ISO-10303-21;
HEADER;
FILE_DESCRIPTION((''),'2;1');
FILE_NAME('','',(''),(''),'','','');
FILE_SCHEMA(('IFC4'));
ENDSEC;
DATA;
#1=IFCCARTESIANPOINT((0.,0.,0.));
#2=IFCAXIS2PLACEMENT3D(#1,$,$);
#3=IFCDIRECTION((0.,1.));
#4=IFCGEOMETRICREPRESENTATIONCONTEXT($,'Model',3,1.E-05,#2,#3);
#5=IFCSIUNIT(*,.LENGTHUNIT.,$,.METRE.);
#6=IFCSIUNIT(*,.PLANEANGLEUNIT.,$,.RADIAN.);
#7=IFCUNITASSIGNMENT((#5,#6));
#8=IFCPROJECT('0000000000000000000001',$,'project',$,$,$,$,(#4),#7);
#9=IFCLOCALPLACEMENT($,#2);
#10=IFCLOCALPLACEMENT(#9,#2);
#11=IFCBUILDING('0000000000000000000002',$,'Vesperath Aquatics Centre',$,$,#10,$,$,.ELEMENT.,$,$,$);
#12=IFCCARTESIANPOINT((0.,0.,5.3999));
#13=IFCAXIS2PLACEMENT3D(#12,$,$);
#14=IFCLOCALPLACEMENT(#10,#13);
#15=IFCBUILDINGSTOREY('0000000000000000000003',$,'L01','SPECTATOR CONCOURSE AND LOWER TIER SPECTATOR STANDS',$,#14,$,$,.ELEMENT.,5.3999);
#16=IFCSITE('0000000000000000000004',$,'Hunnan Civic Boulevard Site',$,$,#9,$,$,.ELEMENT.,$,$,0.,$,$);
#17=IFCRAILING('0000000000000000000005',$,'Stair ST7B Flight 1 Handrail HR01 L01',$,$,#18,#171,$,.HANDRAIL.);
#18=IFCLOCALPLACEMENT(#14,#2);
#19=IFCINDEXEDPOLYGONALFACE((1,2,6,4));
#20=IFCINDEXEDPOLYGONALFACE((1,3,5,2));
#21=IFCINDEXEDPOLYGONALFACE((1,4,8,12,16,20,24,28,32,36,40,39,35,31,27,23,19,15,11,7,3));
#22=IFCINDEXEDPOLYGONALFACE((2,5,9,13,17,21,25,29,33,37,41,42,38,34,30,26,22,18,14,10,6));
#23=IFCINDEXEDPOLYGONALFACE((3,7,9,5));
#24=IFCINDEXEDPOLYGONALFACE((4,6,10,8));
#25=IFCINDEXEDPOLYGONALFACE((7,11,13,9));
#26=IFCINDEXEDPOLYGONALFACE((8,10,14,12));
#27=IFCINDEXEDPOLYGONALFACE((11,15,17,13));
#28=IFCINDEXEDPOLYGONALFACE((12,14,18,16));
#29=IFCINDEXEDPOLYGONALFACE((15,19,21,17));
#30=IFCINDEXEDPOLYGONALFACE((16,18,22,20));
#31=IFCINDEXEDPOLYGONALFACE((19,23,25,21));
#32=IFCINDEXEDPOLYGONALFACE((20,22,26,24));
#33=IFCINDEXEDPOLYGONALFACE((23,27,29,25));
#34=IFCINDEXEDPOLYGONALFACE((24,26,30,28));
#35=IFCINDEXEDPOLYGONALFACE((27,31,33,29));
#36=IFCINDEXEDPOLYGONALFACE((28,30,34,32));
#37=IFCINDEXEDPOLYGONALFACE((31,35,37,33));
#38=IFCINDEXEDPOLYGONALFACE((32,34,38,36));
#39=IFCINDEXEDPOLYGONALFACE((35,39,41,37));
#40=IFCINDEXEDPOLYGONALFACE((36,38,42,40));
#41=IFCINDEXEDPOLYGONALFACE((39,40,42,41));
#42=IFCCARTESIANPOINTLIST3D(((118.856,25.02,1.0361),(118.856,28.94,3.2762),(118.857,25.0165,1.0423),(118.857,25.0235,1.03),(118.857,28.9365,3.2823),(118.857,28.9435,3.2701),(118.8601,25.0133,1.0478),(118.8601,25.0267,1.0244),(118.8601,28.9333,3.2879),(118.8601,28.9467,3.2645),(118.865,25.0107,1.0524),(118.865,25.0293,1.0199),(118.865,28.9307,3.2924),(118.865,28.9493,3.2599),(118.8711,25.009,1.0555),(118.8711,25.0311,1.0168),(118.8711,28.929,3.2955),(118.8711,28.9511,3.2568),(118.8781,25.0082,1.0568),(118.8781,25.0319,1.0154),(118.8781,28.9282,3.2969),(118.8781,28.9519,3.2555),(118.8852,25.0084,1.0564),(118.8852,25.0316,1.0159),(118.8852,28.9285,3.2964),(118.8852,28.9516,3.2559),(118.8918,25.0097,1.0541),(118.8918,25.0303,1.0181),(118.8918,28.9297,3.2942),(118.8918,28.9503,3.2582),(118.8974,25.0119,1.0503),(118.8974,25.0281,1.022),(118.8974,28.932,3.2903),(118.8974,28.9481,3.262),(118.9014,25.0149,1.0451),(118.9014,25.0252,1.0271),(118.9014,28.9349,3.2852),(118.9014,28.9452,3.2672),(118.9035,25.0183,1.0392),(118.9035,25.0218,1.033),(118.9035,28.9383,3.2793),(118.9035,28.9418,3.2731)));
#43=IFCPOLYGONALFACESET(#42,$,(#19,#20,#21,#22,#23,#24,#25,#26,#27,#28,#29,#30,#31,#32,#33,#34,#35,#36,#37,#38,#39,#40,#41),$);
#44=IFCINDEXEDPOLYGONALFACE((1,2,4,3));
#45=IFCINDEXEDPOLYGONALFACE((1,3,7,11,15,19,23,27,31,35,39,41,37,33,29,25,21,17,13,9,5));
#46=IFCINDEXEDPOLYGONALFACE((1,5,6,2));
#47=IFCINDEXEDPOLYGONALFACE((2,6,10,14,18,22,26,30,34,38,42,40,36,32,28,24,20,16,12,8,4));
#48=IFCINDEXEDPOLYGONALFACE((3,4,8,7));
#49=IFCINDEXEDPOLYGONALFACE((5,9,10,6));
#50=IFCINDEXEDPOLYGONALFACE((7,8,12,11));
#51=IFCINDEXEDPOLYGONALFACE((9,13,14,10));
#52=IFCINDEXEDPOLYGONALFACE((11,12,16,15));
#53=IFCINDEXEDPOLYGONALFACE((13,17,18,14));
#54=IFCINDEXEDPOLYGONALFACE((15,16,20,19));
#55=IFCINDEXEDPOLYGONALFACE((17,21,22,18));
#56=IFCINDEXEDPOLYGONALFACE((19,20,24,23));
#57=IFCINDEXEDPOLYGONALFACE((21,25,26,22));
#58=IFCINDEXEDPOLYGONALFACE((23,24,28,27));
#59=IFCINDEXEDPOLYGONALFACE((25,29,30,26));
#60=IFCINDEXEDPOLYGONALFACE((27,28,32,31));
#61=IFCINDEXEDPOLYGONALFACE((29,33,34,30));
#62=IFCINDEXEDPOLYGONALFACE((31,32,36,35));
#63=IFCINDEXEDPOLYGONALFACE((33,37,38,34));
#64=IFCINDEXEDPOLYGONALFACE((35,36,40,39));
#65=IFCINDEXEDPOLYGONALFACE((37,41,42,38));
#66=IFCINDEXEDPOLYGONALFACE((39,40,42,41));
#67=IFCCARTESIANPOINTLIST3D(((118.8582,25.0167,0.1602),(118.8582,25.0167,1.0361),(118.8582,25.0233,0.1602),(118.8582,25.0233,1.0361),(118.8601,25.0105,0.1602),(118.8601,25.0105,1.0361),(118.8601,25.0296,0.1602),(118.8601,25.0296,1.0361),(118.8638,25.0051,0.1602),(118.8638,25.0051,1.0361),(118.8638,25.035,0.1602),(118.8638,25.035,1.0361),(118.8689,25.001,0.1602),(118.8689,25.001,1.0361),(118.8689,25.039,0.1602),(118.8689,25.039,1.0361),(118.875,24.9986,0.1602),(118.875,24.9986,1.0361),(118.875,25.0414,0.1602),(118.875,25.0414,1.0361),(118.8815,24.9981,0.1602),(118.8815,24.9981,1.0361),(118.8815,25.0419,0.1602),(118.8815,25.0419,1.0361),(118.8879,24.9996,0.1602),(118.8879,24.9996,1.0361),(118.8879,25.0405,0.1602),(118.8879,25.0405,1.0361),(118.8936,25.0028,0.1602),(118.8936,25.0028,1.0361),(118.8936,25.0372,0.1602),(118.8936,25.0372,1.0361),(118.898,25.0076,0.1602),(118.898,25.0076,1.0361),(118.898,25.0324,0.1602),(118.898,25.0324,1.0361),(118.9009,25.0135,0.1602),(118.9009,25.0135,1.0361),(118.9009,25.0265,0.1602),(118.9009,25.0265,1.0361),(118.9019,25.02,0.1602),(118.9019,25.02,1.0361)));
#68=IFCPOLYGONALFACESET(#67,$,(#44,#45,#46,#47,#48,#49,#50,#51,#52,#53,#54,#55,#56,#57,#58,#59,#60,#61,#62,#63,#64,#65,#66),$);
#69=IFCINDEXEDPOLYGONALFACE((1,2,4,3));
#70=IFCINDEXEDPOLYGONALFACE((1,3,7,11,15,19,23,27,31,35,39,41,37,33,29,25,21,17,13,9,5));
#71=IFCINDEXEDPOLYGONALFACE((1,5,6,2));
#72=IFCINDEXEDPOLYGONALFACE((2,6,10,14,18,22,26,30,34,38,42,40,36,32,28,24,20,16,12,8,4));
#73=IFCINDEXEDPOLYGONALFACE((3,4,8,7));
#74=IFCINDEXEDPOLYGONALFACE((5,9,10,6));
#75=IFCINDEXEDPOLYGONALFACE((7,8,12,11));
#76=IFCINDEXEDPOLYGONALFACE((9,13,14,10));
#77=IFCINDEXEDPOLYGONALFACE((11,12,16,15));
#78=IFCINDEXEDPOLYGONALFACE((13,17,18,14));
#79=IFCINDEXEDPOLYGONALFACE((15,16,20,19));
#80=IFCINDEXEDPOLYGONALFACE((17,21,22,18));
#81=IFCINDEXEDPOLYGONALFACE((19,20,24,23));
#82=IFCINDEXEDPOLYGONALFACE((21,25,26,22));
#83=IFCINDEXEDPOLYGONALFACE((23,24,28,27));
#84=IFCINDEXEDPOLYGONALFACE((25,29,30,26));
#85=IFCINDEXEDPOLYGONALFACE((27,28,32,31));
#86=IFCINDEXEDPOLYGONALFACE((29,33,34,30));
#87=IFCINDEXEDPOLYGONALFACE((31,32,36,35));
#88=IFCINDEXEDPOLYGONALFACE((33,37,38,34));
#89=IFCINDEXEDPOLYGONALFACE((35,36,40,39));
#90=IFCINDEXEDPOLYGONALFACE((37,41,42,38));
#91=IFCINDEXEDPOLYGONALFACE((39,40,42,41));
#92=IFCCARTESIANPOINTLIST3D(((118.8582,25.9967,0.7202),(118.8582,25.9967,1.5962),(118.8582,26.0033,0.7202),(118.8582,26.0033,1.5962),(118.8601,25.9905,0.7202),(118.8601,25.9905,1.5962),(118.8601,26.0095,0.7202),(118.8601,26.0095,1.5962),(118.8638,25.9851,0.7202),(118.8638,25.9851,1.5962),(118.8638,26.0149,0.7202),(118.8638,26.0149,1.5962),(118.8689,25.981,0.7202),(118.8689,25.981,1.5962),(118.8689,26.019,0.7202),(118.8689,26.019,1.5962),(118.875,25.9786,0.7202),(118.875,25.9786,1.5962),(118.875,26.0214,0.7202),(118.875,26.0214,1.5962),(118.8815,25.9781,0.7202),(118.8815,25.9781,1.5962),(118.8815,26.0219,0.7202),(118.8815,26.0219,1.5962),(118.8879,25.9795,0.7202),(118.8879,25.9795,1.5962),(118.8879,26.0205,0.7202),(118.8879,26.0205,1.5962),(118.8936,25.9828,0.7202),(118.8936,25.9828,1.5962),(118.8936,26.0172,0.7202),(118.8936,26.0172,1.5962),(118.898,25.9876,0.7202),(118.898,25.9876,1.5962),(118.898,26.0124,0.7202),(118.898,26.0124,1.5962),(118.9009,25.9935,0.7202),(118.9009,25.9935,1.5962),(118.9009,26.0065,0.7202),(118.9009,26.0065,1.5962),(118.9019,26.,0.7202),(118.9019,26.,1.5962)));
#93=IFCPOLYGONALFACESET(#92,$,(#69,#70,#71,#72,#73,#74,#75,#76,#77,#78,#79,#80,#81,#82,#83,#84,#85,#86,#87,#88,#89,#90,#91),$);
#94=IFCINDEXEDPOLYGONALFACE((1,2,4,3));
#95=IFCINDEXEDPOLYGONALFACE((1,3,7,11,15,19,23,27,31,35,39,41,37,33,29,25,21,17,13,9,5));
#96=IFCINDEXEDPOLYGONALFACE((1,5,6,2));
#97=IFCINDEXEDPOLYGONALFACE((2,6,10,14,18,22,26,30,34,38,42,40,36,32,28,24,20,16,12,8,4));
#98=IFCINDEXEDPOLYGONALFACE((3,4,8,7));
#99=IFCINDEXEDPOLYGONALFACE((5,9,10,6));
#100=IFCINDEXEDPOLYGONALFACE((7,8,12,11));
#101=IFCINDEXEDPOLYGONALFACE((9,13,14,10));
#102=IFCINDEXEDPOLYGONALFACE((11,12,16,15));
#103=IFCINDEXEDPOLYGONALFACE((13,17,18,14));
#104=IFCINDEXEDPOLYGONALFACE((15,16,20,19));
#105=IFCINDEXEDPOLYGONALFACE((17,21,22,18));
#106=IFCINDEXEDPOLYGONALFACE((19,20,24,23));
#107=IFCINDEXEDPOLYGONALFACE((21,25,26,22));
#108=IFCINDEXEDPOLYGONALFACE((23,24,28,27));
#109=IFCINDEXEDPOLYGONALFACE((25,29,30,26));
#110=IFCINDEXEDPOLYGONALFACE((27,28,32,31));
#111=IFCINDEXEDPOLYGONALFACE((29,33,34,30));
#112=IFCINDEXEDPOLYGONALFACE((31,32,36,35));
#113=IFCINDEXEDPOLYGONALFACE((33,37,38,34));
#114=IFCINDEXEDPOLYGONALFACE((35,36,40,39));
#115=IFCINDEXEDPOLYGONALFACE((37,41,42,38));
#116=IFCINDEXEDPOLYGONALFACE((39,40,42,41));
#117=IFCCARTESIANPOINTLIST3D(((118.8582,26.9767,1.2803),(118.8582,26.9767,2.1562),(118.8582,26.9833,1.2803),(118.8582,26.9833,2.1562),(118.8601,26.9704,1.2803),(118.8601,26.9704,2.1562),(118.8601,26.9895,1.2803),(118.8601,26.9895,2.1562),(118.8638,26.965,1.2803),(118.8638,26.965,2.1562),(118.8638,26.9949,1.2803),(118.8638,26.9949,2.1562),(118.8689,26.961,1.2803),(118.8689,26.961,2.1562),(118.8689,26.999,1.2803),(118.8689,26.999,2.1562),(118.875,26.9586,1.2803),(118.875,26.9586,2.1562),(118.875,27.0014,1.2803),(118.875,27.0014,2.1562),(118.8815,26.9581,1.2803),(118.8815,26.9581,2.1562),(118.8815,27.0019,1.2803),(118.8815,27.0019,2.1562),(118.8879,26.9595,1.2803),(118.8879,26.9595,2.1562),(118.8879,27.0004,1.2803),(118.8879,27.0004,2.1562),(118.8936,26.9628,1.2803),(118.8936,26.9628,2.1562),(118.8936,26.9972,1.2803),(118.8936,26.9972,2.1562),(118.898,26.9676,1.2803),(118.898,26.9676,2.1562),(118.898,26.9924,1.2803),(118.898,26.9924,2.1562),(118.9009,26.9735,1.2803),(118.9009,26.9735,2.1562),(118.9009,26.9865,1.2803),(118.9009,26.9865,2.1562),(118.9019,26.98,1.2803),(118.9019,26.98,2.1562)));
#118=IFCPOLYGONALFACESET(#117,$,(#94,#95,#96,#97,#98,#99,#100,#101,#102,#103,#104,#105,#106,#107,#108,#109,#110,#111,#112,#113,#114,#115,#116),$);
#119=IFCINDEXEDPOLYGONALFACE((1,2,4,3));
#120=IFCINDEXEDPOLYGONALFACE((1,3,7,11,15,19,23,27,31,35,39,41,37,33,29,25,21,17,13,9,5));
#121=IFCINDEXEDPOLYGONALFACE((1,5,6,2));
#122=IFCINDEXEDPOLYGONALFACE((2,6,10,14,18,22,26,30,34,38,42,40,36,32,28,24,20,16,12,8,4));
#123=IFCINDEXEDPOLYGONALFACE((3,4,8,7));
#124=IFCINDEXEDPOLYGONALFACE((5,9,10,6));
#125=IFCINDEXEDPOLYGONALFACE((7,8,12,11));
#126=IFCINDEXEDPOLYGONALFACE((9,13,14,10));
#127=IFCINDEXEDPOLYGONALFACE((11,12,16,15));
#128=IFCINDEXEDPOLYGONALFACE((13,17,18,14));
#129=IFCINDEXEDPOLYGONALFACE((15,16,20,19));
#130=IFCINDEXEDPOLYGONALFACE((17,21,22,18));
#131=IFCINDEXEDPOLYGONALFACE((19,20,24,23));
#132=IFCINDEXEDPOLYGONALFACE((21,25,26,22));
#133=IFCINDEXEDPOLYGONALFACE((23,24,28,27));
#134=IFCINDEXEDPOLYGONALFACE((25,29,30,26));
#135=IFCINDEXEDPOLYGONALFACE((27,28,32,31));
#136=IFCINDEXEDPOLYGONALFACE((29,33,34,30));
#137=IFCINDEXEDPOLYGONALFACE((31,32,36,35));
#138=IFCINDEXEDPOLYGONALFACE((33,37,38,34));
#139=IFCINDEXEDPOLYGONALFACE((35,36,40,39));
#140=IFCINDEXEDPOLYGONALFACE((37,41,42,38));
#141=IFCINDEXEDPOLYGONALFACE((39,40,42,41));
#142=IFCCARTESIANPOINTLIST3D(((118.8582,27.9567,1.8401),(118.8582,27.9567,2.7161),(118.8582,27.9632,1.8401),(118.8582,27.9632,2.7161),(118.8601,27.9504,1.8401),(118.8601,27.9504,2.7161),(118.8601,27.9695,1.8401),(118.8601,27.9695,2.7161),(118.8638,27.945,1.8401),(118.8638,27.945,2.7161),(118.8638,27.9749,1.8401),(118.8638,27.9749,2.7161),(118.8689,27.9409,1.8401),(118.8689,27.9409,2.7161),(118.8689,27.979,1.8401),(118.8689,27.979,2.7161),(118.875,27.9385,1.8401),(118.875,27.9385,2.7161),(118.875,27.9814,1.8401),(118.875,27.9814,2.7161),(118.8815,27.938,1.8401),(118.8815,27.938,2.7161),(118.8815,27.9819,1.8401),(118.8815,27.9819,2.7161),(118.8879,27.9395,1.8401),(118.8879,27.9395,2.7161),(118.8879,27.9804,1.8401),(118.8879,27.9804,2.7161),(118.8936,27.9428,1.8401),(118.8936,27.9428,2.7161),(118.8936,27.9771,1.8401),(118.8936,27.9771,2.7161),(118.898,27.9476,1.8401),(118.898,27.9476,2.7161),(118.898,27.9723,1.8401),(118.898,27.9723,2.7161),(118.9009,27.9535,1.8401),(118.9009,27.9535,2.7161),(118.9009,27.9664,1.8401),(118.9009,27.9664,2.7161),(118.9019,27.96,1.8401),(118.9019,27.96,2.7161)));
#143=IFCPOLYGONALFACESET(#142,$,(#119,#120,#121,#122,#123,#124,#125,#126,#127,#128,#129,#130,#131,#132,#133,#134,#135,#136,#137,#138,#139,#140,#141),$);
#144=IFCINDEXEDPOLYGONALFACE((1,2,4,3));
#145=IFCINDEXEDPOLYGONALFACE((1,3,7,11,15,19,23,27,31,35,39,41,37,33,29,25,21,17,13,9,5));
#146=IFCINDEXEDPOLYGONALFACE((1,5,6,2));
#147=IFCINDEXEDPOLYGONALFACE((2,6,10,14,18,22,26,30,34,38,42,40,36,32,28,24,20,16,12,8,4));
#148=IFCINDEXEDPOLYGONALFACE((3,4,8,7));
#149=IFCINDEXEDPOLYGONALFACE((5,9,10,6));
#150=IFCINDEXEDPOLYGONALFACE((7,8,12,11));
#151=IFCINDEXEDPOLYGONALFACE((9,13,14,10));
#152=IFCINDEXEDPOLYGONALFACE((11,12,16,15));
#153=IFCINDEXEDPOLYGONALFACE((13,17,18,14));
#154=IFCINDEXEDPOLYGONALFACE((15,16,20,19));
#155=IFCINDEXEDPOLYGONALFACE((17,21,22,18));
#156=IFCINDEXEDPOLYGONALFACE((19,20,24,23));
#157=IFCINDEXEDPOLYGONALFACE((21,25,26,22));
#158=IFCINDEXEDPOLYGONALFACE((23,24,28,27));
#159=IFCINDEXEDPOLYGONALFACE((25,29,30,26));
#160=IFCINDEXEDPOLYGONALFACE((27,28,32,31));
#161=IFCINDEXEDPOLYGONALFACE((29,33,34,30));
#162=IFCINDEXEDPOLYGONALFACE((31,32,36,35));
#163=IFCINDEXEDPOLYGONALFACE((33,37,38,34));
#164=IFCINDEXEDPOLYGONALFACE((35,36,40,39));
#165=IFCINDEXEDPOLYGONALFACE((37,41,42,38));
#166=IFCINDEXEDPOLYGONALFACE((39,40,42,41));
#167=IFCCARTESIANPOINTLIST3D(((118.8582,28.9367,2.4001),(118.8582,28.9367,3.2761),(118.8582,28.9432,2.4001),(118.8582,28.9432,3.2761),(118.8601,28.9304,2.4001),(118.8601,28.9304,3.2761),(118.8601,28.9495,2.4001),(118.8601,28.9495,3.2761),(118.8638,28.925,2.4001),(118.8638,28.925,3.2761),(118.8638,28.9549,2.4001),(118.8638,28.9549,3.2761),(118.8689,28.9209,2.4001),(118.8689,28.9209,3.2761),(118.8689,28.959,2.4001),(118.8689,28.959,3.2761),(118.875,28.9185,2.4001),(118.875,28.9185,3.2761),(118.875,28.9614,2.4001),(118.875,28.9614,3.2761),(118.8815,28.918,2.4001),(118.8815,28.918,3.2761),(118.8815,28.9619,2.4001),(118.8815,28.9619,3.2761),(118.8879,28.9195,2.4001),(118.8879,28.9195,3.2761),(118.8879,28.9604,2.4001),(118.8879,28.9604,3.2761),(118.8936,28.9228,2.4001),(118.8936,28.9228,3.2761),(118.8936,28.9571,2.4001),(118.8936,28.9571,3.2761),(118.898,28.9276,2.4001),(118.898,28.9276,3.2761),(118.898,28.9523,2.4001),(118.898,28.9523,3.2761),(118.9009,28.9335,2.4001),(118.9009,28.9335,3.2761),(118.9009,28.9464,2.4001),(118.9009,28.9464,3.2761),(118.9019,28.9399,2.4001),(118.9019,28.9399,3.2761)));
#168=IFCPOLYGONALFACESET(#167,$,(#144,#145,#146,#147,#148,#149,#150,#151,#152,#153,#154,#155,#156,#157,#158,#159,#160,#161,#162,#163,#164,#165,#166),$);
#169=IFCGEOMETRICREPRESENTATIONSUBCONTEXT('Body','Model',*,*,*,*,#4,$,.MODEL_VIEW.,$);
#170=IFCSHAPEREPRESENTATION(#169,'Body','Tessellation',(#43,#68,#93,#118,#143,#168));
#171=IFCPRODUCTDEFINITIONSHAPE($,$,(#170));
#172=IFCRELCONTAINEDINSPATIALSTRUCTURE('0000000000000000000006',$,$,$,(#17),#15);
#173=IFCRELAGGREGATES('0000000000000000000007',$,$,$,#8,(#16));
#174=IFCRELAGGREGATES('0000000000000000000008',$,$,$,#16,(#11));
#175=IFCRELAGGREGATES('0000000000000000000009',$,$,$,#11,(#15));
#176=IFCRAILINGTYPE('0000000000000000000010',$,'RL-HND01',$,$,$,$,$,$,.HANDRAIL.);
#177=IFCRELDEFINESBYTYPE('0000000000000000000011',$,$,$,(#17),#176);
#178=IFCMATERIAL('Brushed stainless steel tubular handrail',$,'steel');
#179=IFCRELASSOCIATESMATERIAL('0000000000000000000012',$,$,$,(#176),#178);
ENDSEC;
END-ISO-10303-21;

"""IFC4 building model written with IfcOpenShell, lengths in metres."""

from ifc_helpers import new_model, si_unit, direction, frame, origin, origin_2d, place, context, subcontext, project, spatial, circle, extrude, material, type_object, element, save


model = new_model("IFC4")

# Units and contexts
model_context = context("Model", 3, precision=1e-05, world=origin(), true_north=direction((0.0, 1.0)))
body_context = subcontext(model_context, "Body", "Model", "MODEL_VIEW")
ifc_project = project(units=[si_unit("LENGTHUNIT", "METRE"), si_unit("PLANEANGLEUNIT", "RADIAN")], contexts=[model_context])

# Site, building, storey
site_placement = place(None, origin())
site = spatial("IfcSite", under=ifc_project, at=site_placement, Name="Hunnan Civic Boulevard Site", CompositionType="ELEMENT", RefElevation=0.0)
building_placement = place(site_placement, origin())
building = spatial("IfcBuilding", under=site, at=building_placement, Name="Vesperath Aquatics Centre", CompositionType="ELEMENT")
storey_placement = place(building_placement, frame((0.0, 0.0, 5.3999)))
storey = spatial("IfcBuildingStorey", under=building, at=storey_placement, Name="L01", Description="SPECTATOR CONCOURSE AND LOWER TIER SPECTATOR STANDS", CompositionType="ELEMENT", Elevation=5.3999)

# Railing
ifc_material_1 = material(Name="Brushed stainless steel tubular handrail", Category="steel")
railing_type_1 = type_object("IfcRailingType", Name="RL-HND01", PredefinedType="HANDRAIL", material=ifc_material_1)
railing_1_placement = place(storey_placement, frame((118.8799, 25.02, 0.1602)))
element("IfcRailing", 1, at=railing_1_placement, inside=storey, type_object=railing_type_1, Name="Stair ST7B Flight 1 Handrail HR01 L01", PredefinedType="HANDRAIL", context=body_context, shape_type="SweptSolid", body=[
    extrude(circle(Radius=0.0239, at=origin_2d()), frame((0.0, 0.0, 0.876), z_axis=(0.0, 0.86824, 0.496145), x_axis=(-1.0, 0.0, 0.0)), (0.0, 0.0, 1.0), 4.5149),
    extrude(circle(Radius=0.022, at=origin_2d()), origin(), (0.0, 0.0, 1.0), 0.876),
    extrude(circle(Radius=0.022, at=origin_2d()), frame((0.0, 0.98, 0.5601)), (0.0, 0.0, 1.0), 0.876),
    extrude(circle(Radius=0.022, at=origin_2d()), frame((0.0, 1.96, 1.1201)), (0.0, 0.0, 1.0), 0.876),
    extrude(circle(Radius=0.022, at=origin_2d()), frame((0.0, 2.9399, 1.6799)), (0.0, 0.0, 1.0), 0.876),
    extrude(circle(Radius=0.022, at=origin_2d()), frame((0.0, 3.9199, 2.24)), (0.0, 0.0, 1.0), 0.876),
])

save(model, "model.ifc")
